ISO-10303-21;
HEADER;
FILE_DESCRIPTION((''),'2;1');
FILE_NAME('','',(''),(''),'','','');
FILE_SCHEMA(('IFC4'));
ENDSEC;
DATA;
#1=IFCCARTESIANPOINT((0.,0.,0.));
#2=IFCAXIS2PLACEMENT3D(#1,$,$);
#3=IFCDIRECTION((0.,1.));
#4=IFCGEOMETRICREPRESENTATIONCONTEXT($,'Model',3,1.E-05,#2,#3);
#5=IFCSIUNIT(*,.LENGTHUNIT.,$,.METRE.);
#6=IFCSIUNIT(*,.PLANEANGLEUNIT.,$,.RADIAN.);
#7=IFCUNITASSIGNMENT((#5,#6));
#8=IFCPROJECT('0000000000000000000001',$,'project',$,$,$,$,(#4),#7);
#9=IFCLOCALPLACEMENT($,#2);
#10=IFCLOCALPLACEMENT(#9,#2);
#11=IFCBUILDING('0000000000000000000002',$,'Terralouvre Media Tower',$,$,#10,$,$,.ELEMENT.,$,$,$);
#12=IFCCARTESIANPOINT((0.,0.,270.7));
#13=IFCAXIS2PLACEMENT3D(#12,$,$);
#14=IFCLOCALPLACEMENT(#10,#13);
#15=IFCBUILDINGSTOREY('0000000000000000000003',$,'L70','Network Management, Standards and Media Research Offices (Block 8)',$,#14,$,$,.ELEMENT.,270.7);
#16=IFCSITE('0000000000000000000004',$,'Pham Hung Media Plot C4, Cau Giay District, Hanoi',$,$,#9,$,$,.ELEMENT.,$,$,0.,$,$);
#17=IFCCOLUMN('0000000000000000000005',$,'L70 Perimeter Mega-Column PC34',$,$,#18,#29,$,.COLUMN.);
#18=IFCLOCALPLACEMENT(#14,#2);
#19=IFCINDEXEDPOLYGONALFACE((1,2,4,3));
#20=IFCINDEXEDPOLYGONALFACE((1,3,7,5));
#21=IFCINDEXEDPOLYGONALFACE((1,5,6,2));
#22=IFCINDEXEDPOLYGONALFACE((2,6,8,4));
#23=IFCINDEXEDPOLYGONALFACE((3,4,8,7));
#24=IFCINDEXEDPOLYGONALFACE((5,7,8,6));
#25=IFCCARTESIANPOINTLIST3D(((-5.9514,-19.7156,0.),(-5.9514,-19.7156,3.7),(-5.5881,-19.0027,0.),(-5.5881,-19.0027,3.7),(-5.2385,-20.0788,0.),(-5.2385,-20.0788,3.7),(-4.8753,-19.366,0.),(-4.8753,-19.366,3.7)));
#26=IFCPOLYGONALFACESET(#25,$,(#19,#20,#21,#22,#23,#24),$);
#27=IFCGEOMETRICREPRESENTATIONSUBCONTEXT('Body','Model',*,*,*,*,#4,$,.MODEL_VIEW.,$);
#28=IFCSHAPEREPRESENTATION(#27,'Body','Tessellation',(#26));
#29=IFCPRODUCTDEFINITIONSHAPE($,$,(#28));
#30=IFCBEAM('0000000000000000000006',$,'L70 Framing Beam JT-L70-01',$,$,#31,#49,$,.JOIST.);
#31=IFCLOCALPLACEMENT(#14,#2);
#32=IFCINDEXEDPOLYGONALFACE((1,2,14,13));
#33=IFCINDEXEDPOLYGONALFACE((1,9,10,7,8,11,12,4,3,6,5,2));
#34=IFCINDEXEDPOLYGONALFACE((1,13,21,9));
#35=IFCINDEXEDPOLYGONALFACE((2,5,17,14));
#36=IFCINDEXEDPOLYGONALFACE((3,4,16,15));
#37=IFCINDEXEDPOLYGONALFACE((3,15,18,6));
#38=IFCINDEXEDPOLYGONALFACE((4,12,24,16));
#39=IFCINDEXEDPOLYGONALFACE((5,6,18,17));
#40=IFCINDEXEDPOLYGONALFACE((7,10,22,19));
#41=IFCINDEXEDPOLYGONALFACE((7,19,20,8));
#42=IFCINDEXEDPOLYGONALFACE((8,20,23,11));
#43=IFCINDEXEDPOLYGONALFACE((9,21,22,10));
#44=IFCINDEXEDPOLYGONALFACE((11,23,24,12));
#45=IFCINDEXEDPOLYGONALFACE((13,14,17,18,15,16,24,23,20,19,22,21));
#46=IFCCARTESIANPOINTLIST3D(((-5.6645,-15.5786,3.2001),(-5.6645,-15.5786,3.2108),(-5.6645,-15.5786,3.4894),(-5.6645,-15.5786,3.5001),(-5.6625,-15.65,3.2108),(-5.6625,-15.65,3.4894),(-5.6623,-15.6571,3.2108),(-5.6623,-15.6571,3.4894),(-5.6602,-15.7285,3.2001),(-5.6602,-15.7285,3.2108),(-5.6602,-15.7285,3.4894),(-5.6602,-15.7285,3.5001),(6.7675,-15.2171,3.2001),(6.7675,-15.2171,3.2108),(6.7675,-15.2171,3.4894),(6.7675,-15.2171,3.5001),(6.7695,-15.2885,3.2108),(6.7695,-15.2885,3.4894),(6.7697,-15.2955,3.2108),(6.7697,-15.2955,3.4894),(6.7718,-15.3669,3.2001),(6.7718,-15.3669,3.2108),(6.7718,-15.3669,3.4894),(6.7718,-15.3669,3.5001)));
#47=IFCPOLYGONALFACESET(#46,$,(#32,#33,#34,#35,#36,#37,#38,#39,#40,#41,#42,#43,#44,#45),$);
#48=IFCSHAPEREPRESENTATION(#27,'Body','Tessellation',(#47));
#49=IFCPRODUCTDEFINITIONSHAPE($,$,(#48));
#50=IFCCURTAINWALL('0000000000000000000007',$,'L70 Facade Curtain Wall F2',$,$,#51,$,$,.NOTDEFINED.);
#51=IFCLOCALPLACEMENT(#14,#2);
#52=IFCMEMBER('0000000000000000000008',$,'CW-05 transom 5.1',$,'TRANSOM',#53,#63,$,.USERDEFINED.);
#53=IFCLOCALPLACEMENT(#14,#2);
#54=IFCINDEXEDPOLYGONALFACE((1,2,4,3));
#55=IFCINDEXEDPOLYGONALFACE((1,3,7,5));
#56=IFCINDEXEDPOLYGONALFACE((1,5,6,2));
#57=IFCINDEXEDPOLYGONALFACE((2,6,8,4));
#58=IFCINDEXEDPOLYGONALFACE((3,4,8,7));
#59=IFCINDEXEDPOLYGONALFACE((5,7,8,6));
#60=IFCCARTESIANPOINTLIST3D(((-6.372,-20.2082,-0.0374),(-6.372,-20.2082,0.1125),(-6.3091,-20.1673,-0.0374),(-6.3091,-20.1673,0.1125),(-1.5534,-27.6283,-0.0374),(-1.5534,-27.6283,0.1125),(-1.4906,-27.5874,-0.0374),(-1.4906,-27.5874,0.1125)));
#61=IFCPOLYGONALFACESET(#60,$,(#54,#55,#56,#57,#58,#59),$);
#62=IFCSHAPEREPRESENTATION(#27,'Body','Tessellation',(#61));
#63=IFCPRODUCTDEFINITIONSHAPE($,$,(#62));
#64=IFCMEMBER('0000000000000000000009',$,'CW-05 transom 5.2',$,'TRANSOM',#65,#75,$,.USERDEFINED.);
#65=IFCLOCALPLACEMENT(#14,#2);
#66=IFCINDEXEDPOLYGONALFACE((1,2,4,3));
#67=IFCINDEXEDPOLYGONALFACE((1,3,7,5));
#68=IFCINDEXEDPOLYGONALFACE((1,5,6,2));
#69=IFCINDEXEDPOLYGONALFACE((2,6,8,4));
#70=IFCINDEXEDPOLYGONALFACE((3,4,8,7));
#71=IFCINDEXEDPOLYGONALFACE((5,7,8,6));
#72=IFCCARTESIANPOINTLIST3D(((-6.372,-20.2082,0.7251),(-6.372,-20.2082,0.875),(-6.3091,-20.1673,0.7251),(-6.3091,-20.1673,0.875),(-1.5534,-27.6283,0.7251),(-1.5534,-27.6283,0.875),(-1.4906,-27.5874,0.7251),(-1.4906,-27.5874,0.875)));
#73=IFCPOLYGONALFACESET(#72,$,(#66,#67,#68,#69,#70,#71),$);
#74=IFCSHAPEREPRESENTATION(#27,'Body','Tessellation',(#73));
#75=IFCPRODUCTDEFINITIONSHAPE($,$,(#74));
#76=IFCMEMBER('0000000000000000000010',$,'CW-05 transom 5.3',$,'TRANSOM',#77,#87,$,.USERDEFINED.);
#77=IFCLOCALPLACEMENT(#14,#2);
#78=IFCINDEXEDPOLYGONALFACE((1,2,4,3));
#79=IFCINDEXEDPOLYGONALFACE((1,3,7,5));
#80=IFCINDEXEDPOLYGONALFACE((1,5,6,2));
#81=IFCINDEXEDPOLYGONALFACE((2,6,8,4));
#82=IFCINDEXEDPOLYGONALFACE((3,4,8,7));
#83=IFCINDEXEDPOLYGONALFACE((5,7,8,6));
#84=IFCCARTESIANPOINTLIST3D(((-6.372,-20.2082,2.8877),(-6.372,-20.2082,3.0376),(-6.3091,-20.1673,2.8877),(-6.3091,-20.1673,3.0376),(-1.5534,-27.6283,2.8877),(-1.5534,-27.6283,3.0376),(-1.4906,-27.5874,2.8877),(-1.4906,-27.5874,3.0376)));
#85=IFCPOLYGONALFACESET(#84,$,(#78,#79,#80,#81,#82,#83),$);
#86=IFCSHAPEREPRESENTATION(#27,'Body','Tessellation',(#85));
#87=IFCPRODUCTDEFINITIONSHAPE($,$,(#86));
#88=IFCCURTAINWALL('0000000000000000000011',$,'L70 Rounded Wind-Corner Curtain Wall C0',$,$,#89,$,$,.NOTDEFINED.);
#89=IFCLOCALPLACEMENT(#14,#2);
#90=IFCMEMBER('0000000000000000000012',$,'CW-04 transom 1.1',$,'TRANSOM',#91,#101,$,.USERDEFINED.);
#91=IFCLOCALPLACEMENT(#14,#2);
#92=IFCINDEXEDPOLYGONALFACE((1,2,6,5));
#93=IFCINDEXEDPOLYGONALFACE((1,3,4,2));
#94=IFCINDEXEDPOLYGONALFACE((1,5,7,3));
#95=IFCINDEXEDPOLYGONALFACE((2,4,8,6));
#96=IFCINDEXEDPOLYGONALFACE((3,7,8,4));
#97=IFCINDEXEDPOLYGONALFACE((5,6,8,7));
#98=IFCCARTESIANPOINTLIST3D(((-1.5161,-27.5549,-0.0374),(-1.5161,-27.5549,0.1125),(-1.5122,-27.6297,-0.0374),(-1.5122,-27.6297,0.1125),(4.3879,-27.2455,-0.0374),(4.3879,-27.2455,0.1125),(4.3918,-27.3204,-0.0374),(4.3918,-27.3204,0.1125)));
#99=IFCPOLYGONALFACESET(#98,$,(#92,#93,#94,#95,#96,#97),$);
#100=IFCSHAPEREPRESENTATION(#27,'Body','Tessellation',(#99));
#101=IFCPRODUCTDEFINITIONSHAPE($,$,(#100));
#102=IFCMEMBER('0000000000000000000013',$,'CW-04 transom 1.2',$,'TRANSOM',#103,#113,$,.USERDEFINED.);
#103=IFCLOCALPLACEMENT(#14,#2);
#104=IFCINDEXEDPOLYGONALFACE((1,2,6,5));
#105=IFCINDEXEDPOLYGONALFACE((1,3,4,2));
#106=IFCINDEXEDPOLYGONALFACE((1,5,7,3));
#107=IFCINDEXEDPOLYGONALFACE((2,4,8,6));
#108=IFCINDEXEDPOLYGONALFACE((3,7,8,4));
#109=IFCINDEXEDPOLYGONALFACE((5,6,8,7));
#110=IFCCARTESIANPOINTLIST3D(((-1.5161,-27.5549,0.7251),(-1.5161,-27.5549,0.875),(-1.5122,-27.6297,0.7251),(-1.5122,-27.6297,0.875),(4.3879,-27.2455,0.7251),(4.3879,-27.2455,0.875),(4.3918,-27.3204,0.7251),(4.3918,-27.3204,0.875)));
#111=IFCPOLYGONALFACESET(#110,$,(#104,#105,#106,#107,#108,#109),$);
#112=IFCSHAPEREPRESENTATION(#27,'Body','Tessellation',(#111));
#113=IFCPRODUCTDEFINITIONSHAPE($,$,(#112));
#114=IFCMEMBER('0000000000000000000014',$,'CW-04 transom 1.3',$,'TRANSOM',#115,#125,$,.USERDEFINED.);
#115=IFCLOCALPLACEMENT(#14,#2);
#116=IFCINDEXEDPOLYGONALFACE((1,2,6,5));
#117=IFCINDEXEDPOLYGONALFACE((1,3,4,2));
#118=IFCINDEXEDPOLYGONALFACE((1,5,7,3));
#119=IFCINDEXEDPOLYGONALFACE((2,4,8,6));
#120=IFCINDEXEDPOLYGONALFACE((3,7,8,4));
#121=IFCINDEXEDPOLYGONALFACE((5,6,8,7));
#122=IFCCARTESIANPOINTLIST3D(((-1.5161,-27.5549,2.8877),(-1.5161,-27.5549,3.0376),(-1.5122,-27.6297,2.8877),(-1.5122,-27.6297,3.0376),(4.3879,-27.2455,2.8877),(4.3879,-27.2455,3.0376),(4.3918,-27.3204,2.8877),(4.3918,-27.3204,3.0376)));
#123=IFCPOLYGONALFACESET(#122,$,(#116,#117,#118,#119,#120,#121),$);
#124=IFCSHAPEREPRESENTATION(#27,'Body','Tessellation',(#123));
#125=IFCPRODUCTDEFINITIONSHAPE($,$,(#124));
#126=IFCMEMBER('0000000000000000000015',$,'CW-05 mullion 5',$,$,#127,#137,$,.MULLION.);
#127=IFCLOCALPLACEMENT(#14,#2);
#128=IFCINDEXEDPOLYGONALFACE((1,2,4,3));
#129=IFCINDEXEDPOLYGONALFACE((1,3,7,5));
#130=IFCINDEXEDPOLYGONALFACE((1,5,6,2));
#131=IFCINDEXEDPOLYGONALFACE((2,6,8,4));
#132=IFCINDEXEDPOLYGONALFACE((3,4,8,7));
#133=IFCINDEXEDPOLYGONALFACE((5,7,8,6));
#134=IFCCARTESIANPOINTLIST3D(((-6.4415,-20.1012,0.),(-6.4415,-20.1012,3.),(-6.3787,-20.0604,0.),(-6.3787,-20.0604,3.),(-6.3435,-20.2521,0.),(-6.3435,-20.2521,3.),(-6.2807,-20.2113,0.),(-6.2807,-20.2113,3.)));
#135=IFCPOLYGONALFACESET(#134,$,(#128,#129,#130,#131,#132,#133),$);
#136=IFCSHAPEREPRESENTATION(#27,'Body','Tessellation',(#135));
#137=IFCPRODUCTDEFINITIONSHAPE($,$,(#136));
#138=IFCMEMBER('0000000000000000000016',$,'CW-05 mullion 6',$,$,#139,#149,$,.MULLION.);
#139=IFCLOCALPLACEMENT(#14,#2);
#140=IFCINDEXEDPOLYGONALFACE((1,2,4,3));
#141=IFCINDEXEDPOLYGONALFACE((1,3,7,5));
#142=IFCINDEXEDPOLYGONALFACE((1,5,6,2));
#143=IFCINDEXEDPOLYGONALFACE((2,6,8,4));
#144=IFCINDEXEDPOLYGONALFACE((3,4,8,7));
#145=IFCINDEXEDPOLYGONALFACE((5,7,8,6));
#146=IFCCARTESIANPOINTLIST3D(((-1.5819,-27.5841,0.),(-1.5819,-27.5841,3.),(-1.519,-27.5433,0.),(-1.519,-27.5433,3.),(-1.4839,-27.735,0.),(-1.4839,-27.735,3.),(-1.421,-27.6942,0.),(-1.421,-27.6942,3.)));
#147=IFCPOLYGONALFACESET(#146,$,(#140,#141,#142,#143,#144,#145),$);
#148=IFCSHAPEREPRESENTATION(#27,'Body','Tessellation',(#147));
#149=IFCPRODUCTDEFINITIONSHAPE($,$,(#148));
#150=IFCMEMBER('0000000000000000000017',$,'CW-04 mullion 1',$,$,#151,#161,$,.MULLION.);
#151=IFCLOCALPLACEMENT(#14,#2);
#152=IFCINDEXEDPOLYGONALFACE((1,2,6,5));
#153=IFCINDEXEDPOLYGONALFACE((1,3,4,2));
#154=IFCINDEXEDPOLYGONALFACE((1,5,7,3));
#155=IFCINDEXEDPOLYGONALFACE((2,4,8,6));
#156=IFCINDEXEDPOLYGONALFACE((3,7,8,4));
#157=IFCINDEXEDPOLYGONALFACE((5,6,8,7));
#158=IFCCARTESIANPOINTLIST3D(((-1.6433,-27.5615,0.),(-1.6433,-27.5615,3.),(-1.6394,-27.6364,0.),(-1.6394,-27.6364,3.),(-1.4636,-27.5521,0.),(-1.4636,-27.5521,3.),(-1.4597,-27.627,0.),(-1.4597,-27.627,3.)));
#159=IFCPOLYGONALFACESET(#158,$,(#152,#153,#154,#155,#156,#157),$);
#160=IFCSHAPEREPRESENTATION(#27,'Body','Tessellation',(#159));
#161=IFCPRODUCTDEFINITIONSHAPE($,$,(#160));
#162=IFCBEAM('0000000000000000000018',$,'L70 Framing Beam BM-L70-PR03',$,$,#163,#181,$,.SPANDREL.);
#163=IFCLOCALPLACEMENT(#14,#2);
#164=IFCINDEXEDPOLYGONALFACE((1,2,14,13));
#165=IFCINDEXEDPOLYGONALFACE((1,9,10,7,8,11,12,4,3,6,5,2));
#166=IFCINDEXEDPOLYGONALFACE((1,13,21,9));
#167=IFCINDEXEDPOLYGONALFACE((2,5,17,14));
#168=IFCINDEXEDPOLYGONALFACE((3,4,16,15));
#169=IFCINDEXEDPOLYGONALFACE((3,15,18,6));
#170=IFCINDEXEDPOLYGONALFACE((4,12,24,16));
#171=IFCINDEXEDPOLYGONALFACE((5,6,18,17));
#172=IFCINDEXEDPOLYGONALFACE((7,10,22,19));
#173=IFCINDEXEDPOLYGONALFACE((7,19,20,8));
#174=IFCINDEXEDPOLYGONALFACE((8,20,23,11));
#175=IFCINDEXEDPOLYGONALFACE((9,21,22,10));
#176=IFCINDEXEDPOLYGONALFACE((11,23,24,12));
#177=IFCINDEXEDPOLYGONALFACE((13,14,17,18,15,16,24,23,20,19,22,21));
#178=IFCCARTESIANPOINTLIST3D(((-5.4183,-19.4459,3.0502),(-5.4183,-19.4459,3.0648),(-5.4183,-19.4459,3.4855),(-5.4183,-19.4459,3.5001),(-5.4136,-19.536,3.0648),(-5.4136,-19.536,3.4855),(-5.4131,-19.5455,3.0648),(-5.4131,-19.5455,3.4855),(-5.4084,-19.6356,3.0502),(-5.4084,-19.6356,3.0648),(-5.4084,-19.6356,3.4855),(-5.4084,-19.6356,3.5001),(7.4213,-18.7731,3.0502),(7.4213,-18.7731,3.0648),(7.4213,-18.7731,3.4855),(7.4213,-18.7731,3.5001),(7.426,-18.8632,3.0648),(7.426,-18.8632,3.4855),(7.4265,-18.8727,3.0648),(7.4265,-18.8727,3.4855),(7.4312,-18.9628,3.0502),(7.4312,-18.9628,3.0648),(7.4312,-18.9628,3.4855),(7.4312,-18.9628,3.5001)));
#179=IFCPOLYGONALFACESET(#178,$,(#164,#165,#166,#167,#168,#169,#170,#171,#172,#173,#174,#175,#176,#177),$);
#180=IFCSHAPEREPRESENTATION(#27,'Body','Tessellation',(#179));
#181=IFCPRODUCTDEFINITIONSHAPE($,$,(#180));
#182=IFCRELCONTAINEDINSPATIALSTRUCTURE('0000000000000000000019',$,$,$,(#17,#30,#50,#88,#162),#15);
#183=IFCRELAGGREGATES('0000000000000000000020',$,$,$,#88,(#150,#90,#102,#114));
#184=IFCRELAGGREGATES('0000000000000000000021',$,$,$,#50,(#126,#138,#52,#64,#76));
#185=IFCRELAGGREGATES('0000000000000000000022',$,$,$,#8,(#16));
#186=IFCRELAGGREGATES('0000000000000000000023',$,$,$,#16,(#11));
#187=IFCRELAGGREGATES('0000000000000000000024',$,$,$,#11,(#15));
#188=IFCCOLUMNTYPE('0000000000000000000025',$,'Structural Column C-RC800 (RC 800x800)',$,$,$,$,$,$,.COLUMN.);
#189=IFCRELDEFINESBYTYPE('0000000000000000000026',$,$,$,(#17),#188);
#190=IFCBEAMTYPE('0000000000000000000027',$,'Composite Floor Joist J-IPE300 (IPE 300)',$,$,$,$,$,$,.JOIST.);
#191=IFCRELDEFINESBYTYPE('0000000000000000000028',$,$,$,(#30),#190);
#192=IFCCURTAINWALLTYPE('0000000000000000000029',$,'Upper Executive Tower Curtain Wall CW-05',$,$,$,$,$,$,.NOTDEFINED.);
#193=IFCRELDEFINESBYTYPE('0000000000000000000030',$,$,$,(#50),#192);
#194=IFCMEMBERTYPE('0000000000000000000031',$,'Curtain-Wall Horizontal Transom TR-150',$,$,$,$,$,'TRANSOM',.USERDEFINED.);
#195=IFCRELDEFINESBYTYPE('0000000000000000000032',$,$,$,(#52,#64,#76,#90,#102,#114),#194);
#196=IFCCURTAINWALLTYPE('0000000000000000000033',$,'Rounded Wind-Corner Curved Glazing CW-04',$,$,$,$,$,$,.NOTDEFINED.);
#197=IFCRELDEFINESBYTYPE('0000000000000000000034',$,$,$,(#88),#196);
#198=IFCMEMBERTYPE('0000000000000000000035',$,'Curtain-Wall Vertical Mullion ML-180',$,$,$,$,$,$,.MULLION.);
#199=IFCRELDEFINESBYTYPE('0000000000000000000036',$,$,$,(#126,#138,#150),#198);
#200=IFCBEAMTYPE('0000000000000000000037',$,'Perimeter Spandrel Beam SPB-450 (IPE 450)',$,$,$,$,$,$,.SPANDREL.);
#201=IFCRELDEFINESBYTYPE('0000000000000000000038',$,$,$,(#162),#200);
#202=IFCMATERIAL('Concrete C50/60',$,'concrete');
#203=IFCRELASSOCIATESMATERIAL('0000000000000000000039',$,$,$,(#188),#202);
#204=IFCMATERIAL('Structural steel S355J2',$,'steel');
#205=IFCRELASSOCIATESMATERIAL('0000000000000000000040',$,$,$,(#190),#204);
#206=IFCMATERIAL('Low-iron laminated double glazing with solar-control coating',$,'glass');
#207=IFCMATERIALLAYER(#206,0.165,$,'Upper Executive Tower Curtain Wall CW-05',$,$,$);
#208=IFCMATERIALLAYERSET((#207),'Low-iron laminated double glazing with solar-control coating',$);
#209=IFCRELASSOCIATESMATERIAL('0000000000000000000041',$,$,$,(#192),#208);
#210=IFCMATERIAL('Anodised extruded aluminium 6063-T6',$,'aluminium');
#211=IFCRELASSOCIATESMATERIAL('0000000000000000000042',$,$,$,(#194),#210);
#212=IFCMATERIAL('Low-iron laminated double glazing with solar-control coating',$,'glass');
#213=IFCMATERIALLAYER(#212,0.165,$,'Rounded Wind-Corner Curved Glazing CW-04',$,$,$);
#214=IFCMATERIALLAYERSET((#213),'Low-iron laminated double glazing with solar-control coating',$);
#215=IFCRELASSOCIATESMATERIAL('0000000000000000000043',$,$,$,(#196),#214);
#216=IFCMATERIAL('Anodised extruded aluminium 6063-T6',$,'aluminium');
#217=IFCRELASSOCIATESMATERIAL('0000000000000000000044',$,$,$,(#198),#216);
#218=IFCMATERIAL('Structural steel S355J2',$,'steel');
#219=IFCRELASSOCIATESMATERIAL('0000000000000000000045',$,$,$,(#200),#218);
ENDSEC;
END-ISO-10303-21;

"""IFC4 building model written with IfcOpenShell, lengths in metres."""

from ifc_helpers import new_model, si_unit, direction, frame, origin, origin_2d, place, context, subcontext, project, spatial, rectangle, i_section, extrude, material, layer, layer_set, material_profile, profile_set, type_object, element, aggregate, save


model = new_model("IFC4")

# Units and contexts
model_context = context("Model", 3, precision=1e-05, world=origin(), true_north=direction((0.0, 1.0)))
body_context = subcontext(model_context, "Body", "Model", "MODEL_VIEW")
ifc_project = project(units=[si_unit("LENGTHUNIT", "METRE"), si_unit("PLANEANGLEUNIT", "RADIAN")], contexts=[model_context])

# Site, building, storey
site_placement = place(None, origin())
site = spatial("IfcSite", under=ifc_project, at=site_placement, Name="Pham Hung Media Plot C4, Cau Giay District, Hanoi", CompositionType="ELEMENT", RefElevation=0.0)
building_placement = place(site_placement, origin())
building = spatial("IfcBuilding", under=site, at=building_placement, Name="Terralouvre Media Tower", CompositionType="ELEMENT")
storey_placement = place(building_placement, frame((0.0, 0.0, 270.7)))
storey = spatial("IfcBuildingStorey", under=building, at=storey_placement, Name="L70", Description="Network Management, Standards and Media Research Offices (Block 8)", CompositionType="ELEMENT", Elevation=270.7)

# Column
ifc_material_1 = material(Name="Concrete C50/60", Category="concrete")
ifc_material_profile_1 = material_profile(ifc_material_1, rectangle(XDim=0.8, YDim=0.8, at=origin_2d()), Name="RC 800x800")
ifc_profile_set_1 = profile_set([ifc_material_profile_1], Name="Concrete C50/60")
column_type = type_object("IfcColumnType", Name="Structural Column C-RC800 (RC 800x800)", PredefinedType="COLUMN", material=ifc_profile_set_1)
column_placement = place(storey_placement, frame((-5.4133, -19.5408, 0.0), z_axis=(0.0, 0.0, 1.0), x_axis=(0.45399, 0.891007, 0.0)))
element("IfcColumn", 1, at=column_placement, inside=storey, type_object=column_type, Name="L70 Perimeter Mega-Column PC34", PredefinedType="COLUMN", context=body_context, shape_type="SweptSolid", body=[
    extrude(rectangle(XDim=0.8, YDim=0.8, at=origin_2d()), origin(), (0.0, 0.0, 1.0), 3.7),
])

# Beam
ifc_material_2 = material(Name="Structural steel S355J2", Category="steel")
ifc_material_profile_2 = material_profile(ifc_material_2, i_section(OverallWidth=0.1499, OverallDepth=0.3, WebThickness=0.0071, FlangeThickness=0.0107, at=origin_2d()), Name="IPE 300")
ifc_profile_set_2 = profile_set([ifc_material_profile_2], Name="Structural steel S355J2")
beam_type_1 = type_object("IfcBeamType", Name="Composite Floor Joist J-IPE300 (IPE 300)", PredefinedType="JOIST", material=ifc_profile_set_2)
beam_1_placement = place(storey_placement, frame((-5.6624, -15.6536, 3.3501), z_axis=(0.999577, 0.029072, 0.0), x_axis=(-0.029072, 0.999577, 0.0)))
element("IfcBeam", 2, at=beam_1_placement, inside=storey, type_object=beam_type_1, Name="L70 Framing Beam JT-L70-01", PredefinedType="JOIST", context=body_context, shape_type="SweptSolid", body=[
    extrude(i_section(OverallWidth=0.1499, OverallDepth=0.3, WebThickness=0.0071, FlangeThickness=0.0107, at=origin_2d()), origin(), (0.0, 0.0, 1.0), 12.4373),
])

# Curtain walls, members
ifc_material_3 = material(Name="Low-iron laminated double glazing with solar-control coating", Category="glass")
ifc_layer_1 = layer(ifc_material_3, 0.165, Name="Upper Executive Tower Curtain Wall CW-05")
ifc_layer_set_1 = layer_set([ifc_layer_1], Name="Low-iron laminated double glazing with solar-control coating")
curtain_wall_type_1 = type_object("IfcCurtainWallType", Name="Upper Executive Tower Curtain Wall CW-05", PredefinedType="NOTDEFINED", material=ifc_layer_set_1)
curtain_wall_1_placement = place(storey_placement, origin())
curtain_wall_1 = element("IfcCurtainWall", 3, at=curtain_wall_1_placement, inside=storey, type_object=curtain_wall_type_1, Name="L70 Facade Curtain Wall F2", PredefinedType="NOTDEFINED")
ifc_material_4 = material(Name="Anodised extruded aluminium 6063-T6", Category="aluminium")
ifc_material_profile_3 = material_profile(ifc_material_4, rectangle(XDim=0.075, YDim=0.1499, at=origin_2d()), Name="ALU 75x150")
ifc_profile_set_3 = profile_set([ifc_material_profile_3], Name="Anodised extruded aluminium 6063-T6")
member_type_1 = type_object("IfcMemberType", Name="Curtain-Wall Horizontal Transom TR-150", ElementType="TRANSOM", PredefinedType="USERDEFINED", material=ifc_profile_set_3)
member_1_placement = place(storey_placement, frame((-6.3406, -20.1877, 0.0376), z_axis=(0.54463, -0.838676, 0.0), x_axis=(0.838676, 0.54463, 0.0)))
member_1 = element("IfcMember", 4, at=member_1_placement, type_object=member_type_1, Name="CW-05 transom 5.1", ObjectType="TRANSOM", PredefinedType="USERDEFINED", context=body_context, shape_type="SweptSolid", body=[
    extrude(rectangle(XDim=0.075, YDim=0.1499, at=origin_2d()), origin(), (0.0, 0.0, 1.0), 8.8474),
])
member_2_placement = place(storey_placement, frame((-6.3406, -20.1877, 0.8), z_axis=(0.54463, -0.838676, 0.0), x_axis=(0.838676, 0.54463, 0.0)))
member_2 = element("IfcMember", 5, at=member_2_placement, type_object=member_type_1, Name="CW-05 transom 5.2", ObjectType="TRANSOM", PredefinedType="USERDEFINED", context=body_context, shape_type="SweptSolid", body=[
    extrude(rectangle(XDim=0.075, YDim=0.1499, at=origin_2d()), origin(), (0.0, 0.0, 1.0), 8.8474),
])
member_3_placement = place(storey_placement, frame((-6.3406, -20.1877, 2.9626), z_axis=(0.54463, -0.838676, 0.0), x_axis=(0.838676, 0.54463, 0.0)))
member_3 = element("IfcMember", 6, at=member_3_placement, type_object=member_type_1, Name="CW-05 transom 5.3", ObjectType="TRANSOM", PredefinedType="USERDEFINED", context=body_context, shape_type="SweptSolid", body=[
    extrude(rectangle(XDim=0.075, YDim=0.1499, at=origin_2d()), origin(), (0.0, 0.0, 1.0), 8.8474),
])
ifc_material_5 = material(Name="Low-iron laminated double glazing with solar-control coating", Category="glass")
ifc_layer_2 = layer(ifc_material_5, 0.165, Name="Rounded Wind-Corner Curved Glazing CW-04")
ifc_layer_set_2 = layer_set([ifc_layer_2], Name="Low-iron laminated double glazing with solar-control coating")
curtain_wall_type_2 = type_object("IfcCurtainWallType", Name="Rounded Wind-Corner Curved Glazing CW-04", PredefinedType="NOTDEFINED", material=ifc_layer_set_2)
curtain_wall_2_placement = place(storey_placement, origin())
curtain_wall_2 = element("IfcCurtainWall", 7, at=curtain_wall_2_placement, inside=storey, type_object=curtain_wall_type_2, Name="L70 Rounded Wind-Corner Curtain Wall C0", PredefinedType="NOTDEFINED")
member_4_placement = place(storey_placement, frame((-1.5142, -27.5923, 0.0376), z_axis=(0.99863, 0.05232, 0.0), x_axis=(-0.05232, 0.99863, 0.0)))
member_4 = element("IfcMember", 8, at=member_4_placement, type_object=member_type_1, Name="CW-04 transom 1.1", ObjectType="TRANSOM", PredefinedType="USERDEFINED", context=body_context, shape_type="SweptSolid", body=[
    extrude(rectangle(XDim=0.075, YDim=0.1499, at=origin_2d()), origin(), (0.0, 0.0, 1.0), 5.9121),
])
member_5_placement = place(storey_placement, frame((-1.5142, -27.5923, 0.8), z_axis=(0.99863, 0.05232, 0.0), x_axis=(-0.05232, 0.99863, 0.0)))
member_5 = element("IfcMember", 9, at=member_5_placement, type_object=member_type_1, Name="CW-04 transom 1.2", ObjectType="TRANSOM", PredefinedType="USERDEFINED", context=body_context, shape_type="SweptSolid", body=[
    extrude(rectangle(XDim=0.075, YDim=0.1499, at=origin_2d()), origin(), (0.0, 0.0, 1.0), 5.9121),
])
member_6_placement = place(storey_placement, frame((-1.5142, -27.5923, 2.9626), z_axis=(0.99863, 0.05232, 0.0), x_axis=(-0.05232, 0.99863, 0.0)))
member_6 = element("IfcMember", 10, at=member_6_placement, type_object=member_type_1, Name="CW-04 transom 1.3", ObjectType="TRANSOM", PredefinedType="USERDEFINED", context=body_context, shape_type="SweptSolid", body=[
    extrude(rectangle(XDim=0.075, YDim=0.1499, at=origin_2d()), origin(), (0.0, 0.0, 1.0), 5.9121),
])

# Members
ifc_material_6 = material(Name="Anodised extruded aluminium 6063-T6", Category="aluminium")
ifc_material_profile_4 = material_profile(ifc_material_6, rectangle(XDim=0.075, YDim=0.1799, at=origin_2d()), Name="ALU 75x180")
ifc_profile_set_4 = profile_set([ifc_material_profile_4], Name="Anodised extruded aluminium 6063-T6")
member_type_2 = type_object("IfcMemberType", Name="Curtain-Wall Vertical Mullion ML-180", PredefinedType="MULLION", material=ifc_profile_set_4)
member_7_placement = place(storey_placement, frame((-6.3611, -20.1562, 0.0), z_axis=(0.0, 0.0, 1.0), x_axis=(0.838671, 0.544639, 0.0)))
member_7 = element("IfcMember", 11, at=member_7_placement, type_object=member_type_2, Name="CW-05 mullion 5", PredefinedType="MULLION", context=body_context, shape_type="SweptSolid", body=[
    extrude(rectangle(XDim=0.075, YDim=0.1799, at=origin_2d()), origin(), (0.0, 0.0, 1.0), 3.0),
])
member_8_placement = place(storey_placement, frame((-1.5015, -27.6392, 0.0), z_axis=(0.0, 0.0, 1.0), x_axis=(0.838671, 0.544639, 0.0)))
member_8 = element("IfcMember", 12, at=member_8_placement, type_object=member_type_2, Name="CW-05 mullion 6", PredefinedType="MULLION", context=body_context, shape_type="SweptSolid", body=[
    extrude(rectangle(XDim=0.075, YDim=0.1799, at=origin_2d()), origin(), (0.0, 0.0, 1.0), 3.0),
])
member_9_placement = place(storey_placement, frame((-1.5515, -27.5942, 0.0), z_axis=(0.0, 0.0, 1.0), x_axis=(-0.052336, 0.99863, 0.0)))
member_9 = element("IfcMember", 13, at=member_9_placement, type_object=member_type_2, Name="CW-04 mullion 1", PredefinedType="MULLION", context=body_context, shape_type="SweptSolid", body=[
    extrude(rectangle(XDim=0.075, YDim=0.1799, at=origin_2d()), origin(), (0.0, 0.0, 1.0), 3.0),
])
aggregate(curtain_wall_2, [member_9, member_4, member_5, member_6])

# Beam
ifc_material_7 = material(Name="Structural steel S355J2", Category="steel")
ifc_material_profile_5 = material_profile(ifc_material_7, i_section(OverallWidth=0.1899, OverallDepth=0.45, WebThickness=0.0095, FlangeThickness=0.0146, at=origin_2d()), Name="IPE 450")
ifc_profile_set_5 = profile_set([ifc_material_profile_5], Name="Structural steel S355J2")
beam_type_2 = type_object("IfcBeamType", Name="Perimeter Spandrel Beam SPB-450 (IPE 450)", PredefinedType="SPANDREL", material=ifc_profile_set_5)
beam_2_placement = place(storey_placement, frame((-5.4133, -19.5408, 3.2751), z_axis=(0.99863, 0.052333, 0.0), x_axis=(-0.052333, 0.99863, 0.0)))
element("IfcBeam", 14, at=beam_2_placement, inside=storey, type_object=beam_type_2, Name="L70 Framing Beam BM-L70-PR03", PredefinedType="SPANDREL", context=body_context, shape_type="SweptSolid", body=[
    extrude(i_section(OverallWidth=0.1899, OverallDepth=0.45, WebThickness=0.0095, FlangeThickness=0.0146, at=origin_2d()), origin(), (0.0, 0.0, 1.0), 12.8572),
])

aggregate(curtain_wall_1, [member_7, member_8, member_1, member_2, member_3])

save(model, "model.ifc")
